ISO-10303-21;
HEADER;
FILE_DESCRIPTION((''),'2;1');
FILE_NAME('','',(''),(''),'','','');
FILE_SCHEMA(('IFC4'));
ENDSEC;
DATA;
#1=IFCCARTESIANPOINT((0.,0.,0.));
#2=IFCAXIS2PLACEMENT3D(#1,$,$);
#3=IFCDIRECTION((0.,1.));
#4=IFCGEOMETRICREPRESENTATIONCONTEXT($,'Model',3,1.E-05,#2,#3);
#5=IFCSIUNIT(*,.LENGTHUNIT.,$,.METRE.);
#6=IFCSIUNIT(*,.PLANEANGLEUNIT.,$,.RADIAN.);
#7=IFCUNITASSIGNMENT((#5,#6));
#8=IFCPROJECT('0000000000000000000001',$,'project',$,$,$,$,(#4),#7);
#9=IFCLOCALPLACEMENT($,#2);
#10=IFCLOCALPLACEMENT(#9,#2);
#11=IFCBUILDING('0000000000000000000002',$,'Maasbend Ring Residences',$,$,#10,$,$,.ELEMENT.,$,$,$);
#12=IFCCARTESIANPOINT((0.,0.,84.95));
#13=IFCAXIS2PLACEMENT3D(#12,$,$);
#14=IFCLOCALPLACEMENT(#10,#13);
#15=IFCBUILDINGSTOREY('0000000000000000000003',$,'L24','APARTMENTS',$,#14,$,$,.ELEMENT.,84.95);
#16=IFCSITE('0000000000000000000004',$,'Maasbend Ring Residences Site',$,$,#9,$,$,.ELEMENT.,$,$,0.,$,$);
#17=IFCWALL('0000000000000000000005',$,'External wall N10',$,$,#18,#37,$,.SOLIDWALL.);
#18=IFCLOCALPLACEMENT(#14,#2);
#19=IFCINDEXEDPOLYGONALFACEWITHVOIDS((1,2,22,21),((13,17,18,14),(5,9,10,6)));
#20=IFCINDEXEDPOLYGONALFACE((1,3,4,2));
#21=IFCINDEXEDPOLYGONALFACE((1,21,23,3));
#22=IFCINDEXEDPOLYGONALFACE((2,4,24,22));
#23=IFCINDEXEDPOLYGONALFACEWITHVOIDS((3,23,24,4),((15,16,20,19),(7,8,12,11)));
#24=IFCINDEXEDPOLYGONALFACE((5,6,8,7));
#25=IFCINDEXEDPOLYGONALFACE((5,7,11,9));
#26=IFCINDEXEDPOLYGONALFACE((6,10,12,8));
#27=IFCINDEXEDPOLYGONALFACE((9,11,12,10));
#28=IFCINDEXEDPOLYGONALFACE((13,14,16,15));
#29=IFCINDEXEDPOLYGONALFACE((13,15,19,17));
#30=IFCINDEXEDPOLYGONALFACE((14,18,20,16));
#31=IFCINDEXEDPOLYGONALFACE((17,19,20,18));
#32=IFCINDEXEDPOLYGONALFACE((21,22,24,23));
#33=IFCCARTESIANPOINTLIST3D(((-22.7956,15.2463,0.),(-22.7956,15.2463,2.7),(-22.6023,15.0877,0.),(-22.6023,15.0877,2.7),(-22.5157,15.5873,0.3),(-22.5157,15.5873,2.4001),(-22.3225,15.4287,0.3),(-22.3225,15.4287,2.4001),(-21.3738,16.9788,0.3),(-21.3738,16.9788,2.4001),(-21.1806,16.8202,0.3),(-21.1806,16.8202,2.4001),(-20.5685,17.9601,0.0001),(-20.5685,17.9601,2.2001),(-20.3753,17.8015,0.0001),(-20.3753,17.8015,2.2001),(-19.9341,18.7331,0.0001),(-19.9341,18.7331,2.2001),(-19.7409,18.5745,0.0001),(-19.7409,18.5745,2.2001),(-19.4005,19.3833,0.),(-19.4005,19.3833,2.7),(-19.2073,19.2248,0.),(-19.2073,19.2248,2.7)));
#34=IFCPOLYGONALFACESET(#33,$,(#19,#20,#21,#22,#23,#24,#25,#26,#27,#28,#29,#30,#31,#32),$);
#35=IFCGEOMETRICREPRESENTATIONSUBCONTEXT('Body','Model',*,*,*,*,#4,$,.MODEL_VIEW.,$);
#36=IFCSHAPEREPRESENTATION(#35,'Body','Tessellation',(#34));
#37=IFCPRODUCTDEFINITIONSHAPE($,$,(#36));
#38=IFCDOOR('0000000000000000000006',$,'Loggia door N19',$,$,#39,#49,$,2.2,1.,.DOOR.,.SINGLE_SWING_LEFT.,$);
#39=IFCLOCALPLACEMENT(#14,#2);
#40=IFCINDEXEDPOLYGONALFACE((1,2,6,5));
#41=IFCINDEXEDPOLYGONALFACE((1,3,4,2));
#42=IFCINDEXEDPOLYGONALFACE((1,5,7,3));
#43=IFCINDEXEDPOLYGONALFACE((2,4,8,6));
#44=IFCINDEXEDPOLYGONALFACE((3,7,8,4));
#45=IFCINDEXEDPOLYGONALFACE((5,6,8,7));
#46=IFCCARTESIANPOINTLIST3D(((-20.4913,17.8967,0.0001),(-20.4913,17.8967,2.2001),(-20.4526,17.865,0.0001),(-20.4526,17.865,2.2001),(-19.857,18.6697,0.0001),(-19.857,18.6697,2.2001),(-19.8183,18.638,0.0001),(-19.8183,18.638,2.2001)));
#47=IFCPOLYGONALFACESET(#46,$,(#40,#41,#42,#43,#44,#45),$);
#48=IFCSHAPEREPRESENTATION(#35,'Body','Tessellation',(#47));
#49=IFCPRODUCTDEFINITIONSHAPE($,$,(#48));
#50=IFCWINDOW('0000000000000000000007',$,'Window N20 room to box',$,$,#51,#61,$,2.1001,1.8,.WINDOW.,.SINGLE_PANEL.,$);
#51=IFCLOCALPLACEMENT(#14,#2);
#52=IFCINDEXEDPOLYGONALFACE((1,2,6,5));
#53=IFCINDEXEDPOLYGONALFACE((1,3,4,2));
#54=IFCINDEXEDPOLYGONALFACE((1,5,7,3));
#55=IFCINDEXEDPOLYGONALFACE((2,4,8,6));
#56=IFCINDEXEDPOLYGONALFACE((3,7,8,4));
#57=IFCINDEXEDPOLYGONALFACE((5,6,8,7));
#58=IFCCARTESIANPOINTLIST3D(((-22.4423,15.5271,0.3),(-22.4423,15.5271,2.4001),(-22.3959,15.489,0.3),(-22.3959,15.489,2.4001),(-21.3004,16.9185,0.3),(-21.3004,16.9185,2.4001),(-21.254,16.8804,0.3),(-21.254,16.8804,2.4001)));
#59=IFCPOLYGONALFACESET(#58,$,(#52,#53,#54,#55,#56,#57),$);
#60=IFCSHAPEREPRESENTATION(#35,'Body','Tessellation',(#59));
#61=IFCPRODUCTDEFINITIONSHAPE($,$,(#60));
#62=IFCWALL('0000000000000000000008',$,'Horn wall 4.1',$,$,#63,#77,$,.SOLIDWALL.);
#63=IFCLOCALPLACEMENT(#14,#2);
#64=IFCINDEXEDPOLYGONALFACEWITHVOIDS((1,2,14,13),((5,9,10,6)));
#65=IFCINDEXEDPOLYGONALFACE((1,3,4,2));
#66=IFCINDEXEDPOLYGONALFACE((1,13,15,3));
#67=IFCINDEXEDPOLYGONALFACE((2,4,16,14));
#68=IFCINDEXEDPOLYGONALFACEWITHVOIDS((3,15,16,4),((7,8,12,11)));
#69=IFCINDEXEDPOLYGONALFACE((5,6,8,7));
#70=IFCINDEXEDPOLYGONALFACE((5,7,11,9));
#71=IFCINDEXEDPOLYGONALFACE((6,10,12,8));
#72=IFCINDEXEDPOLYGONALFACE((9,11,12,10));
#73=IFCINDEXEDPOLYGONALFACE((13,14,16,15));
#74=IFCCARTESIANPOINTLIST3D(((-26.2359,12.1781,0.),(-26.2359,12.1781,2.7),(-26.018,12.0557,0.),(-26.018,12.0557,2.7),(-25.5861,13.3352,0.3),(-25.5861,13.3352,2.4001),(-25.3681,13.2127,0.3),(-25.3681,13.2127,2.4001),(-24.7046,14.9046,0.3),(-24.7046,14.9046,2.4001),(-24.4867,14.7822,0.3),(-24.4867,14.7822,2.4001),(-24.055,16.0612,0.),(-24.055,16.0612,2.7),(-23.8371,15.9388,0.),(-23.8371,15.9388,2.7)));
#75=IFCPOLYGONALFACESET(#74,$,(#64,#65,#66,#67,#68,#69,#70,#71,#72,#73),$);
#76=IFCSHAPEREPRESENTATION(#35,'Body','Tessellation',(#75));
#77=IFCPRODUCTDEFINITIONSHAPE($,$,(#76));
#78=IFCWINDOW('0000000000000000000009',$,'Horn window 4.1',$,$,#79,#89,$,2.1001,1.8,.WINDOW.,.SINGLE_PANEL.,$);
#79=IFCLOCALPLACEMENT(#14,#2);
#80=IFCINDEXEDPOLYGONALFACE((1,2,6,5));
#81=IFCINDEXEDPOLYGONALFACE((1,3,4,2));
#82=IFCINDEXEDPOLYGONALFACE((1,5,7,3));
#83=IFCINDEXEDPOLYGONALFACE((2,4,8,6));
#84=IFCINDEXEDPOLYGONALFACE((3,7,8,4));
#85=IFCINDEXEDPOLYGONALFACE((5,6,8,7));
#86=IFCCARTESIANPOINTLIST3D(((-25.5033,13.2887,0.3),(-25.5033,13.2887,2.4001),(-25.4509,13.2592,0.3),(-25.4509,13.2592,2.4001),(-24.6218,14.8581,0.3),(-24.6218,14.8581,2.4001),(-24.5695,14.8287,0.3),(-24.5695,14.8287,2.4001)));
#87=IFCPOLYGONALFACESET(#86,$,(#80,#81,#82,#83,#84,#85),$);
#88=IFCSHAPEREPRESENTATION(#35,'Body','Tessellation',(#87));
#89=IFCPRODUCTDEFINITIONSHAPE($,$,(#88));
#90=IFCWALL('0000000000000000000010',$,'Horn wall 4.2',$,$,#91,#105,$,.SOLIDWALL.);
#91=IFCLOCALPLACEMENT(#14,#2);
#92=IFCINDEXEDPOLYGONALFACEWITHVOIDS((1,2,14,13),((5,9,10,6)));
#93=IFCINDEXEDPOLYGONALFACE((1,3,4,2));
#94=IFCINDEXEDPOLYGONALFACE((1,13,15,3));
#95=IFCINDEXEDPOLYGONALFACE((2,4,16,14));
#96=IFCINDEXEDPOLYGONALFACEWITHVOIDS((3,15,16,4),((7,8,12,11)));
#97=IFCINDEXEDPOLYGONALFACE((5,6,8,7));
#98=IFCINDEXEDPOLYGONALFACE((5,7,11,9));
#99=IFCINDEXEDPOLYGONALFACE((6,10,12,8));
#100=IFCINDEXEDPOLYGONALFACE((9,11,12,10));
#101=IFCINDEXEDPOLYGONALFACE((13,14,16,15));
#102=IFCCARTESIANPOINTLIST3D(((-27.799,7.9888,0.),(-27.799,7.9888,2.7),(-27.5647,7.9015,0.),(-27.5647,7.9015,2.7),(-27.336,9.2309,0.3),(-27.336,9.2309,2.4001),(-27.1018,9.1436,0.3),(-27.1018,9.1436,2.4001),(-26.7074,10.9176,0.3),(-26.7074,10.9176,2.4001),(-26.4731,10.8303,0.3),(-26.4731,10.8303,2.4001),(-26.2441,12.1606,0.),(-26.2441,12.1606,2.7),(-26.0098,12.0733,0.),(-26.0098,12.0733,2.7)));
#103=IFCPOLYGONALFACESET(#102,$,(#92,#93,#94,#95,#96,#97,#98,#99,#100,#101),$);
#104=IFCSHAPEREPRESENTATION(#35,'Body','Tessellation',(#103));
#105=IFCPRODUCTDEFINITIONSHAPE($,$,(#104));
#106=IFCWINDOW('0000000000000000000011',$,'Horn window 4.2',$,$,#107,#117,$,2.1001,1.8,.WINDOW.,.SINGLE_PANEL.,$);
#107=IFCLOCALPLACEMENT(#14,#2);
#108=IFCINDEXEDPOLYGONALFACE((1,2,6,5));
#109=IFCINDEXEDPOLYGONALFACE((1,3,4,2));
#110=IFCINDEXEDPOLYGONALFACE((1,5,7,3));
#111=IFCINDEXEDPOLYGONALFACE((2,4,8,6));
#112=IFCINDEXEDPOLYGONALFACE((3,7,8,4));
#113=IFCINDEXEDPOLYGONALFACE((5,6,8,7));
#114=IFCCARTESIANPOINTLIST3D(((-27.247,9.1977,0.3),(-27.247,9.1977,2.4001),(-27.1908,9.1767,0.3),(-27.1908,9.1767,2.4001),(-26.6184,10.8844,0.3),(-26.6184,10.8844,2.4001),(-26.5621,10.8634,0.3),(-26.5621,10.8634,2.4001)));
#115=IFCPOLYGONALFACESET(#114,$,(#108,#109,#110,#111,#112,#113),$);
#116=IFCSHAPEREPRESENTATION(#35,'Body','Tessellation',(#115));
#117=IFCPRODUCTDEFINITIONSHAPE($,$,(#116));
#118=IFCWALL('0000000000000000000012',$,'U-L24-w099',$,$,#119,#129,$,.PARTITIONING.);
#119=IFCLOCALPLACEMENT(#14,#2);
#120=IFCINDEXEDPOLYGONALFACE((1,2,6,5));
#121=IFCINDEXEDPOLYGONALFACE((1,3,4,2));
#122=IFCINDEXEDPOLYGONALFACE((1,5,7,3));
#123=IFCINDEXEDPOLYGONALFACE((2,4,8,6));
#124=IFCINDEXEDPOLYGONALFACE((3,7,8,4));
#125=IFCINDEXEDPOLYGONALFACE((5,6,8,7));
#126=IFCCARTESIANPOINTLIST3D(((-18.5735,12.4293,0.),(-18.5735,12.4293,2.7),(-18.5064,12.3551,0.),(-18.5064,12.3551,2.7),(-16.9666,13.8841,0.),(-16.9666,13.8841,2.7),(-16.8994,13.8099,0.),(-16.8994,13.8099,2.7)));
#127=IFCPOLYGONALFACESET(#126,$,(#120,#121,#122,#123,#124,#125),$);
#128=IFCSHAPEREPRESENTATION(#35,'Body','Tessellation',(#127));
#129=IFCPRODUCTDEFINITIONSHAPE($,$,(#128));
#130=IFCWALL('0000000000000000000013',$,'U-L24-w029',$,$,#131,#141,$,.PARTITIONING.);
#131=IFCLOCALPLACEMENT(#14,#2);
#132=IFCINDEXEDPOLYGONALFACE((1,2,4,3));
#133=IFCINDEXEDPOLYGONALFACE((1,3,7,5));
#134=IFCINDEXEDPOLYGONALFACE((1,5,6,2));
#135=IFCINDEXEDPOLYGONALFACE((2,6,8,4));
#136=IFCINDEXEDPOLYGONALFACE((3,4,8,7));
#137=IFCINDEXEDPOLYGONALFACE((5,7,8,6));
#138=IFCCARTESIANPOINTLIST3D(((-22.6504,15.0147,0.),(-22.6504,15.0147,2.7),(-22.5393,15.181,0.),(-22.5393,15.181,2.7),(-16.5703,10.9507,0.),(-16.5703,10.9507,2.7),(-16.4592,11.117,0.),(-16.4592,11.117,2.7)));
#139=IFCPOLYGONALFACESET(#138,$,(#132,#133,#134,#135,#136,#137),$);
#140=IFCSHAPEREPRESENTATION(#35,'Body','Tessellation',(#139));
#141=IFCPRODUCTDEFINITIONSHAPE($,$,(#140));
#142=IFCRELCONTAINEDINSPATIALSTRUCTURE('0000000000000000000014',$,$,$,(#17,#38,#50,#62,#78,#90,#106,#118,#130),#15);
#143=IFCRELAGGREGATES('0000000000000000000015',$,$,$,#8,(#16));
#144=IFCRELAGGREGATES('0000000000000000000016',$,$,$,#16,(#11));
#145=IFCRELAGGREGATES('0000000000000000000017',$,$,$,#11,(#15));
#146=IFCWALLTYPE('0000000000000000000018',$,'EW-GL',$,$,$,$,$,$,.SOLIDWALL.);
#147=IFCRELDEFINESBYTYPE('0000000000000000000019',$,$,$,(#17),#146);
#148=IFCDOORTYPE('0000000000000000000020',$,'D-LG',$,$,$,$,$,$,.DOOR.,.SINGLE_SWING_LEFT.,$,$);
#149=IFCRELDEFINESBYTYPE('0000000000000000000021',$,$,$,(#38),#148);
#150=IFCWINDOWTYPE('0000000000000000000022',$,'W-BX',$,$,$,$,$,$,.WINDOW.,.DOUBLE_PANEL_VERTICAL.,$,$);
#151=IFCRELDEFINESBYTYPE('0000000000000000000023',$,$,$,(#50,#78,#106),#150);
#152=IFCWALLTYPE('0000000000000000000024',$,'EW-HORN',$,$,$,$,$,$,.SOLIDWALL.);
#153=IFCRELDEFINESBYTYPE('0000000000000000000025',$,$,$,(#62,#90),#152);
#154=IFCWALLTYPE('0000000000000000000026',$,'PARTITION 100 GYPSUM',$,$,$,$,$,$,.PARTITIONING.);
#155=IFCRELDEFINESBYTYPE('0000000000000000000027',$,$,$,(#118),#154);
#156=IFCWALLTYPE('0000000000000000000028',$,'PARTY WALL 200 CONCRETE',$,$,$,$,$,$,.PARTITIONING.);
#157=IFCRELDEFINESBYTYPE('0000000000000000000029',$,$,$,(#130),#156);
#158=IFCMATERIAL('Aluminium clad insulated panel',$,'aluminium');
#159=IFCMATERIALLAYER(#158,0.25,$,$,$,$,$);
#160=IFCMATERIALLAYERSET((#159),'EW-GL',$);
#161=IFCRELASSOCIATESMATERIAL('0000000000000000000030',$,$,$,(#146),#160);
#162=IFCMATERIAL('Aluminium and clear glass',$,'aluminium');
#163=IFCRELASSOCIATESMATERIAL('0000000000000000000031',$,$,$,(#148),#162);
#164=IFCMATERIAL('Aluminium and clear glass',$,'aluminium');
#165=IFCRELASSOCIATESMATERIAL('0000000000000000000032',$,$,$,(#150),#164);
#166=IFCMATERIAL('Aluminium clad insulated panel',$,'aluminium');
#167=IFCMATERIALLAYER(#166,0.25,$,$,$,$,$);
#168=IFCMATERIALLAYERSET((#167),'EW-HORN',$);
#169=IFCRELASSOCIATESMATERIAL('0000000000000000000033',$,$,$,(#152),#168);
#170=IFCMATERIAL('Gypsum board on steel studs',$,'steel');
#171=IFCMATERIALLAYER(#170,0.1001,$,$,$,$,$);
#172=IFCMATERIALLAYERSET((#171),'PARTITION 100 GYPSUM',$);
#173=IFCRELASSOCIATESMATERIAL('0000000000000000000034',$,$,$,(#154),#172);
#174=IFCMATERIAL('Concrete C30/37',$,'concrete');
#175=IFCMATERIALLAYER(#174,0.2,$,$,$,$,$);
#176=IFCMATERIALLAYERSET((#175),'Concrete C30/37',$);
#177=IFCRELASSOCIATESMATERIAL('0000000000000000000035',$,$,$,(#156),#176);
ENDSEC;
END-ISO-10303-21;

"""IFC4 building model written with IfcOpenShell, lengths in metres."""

from ifc_helpers import new_model, si_unit, direction, frame, frame_2d, origin, place, context, subcontext, project, spatial, rectangle, extrude, material, layer, layer_set, type_object, element, fill, save


model = new_model("IFC4")

# Units and contexts
model_context = context("Model", 3, precision=1e-05, world=origin(), true_north=direction((0.0, 1.0)))
body_context = subcontext(model_context, "Body", "Model", "MODEL_VIEW")
ifc_project = project(units=[si_unit("LENGTHUNIT", "METRE"), si_unit("PLANEANGLEUNIT", "RADIAN")], contexts=[model_context])

# Site, building, storey
site_placement = place(None, origin())
site = spatial("IfcSite", under=ifc_project, at=site_placement, Name="Maasbend Ring Residences Site", CompositionType="ELEMENT", RefElevation=0.0)
building_placement = place(site_placement, origin())
building = spatial("IfcBuilding", under=site, at=building_placement, Name="Maasbend Ring Residences", CompositionType="ELEMENT")
storey_placement = place(building_placement, frame((0.0, 0.0, 84.95)))
storey = spatial("IfcBuildingStorey", under=building, at=storey_placement, Name="L24", Description="APARTMENTS", CompositionType="ELEMENT", Elevation=84.95)

# Wall, openings, door, window
ifc_material_1 = material(Name="Aluminium clad insulated panel", Category="aluminium")
ifc_layer_1 = layer(ifc_material_1, 0.25)
ifc_layer_set_1 = layer_set([ifc_layer_1], Name="EW-GL")
wall_type_1 = type_object("IfcWallType", Name="EW-GL", PredefinedType="SOLIDWALL", material=ifc_layer_set_1)
wall_1_placement = place(storey_placement, frame((-19.304, 19.304, 0.0), z_axis=(0.0, 0.0, 1.0), x_axis=(-0.634382, -0.773019, 0.0)))
wall_1 = element("IfcWall", 1, at=wall_1_placement, inside=storey, type_object=wall_type_1, Name="External wall N10", PredefinedType="SOLIDWALL", context=body_context, shape_type="SweptSolid", body=[
    extrude(rectangle(XDim=5.3518, YDim=0.25, at=frame_2d((2.6758, 0.0))), origin(), (0.0, 0.0, 1.0), 2.7),
])
opening_1_placement = place(wall_1_placement, frame((0.8411, 0.0, 0.0)))
opening_1 = element("IfcOpeningElement", 2, at=opening_1_placement, cuts=wall_1, PredefinedType="OPENING", context=body_context, shape_type="SweptSolid", body=[
    extrude(rectangle(XDim=1.0, YDim=2.2, at=frame_2d((0.5, 1.1001))), frame((0.0, 0.135, 0.0), z_axis=(0.0, -1.0, 0.0), x_axis=(1.0, 0.0, 0.0)), (0.0, 0.0, 1.0), 0.27),
])
opening_2_placement = place(wall_1_placement, frame((3.1106, 0.0, 0.3)))
opening_2 = element("IfcOpeningElement", 3, at=opening_2_placement, cuts=wall_1, PredefinedType="OPENING", context=body_context, shape_type="SweptSolid", body=[
    extrude(rectangle(XDim=1.8, YDim=2.1001, at=frame_2d((0.8999, 1.05))), frame((0.0, 0.135, 0.0), z_axis=(0.0, -1.0, 0.0), x_axis=(1.0, 0.0, 0.0)), (0.0, 0.0, 1.0), 0.27),
])
ifc_material_2 = material(Name="Aluminium and clear glass", Category="aluminium")
door_type = type_object("IfcDoorType", Name="D-LG", OperationType="SINGLE_SWING_LEFT", PredefinedType="DOOR", material=ifc_material_2)
door_placement = place(opening_1_placement, origin())
door = element("IfcDoor", 4, at=door_placement, inside=storey, type_object=door_type, Name="Loggia door N19", OperationType="SINGLE_SWING_LEFT", OverallHeight=2.2, OverallWidth=1.0, PredefinedType="DOOR", context=body_context, shape_type="SweptSolid", body=[
    extrude(rectangle(XDim=1.0, YDim=2.2, at=frame_2d((0.5, 1.1001))), frame((0.0, 0.0249, 0.0), z_axis=(0.0, -1.0, 0.0), x_axis=(1.0, 0.0, 0.0)), (0.0, 0.0, 1.0), 0.05),
])
fill(opening_1, door)
ifc_material_3 = material(Name="Aluminium and clear glass", Category="aluminium")
window_type_1 = type_object("IfcWindowType", Name="W-BX", PartitioningType="DOUBLE_PANEL_VERTICAL", PredefinedType="WINDOW", material=ifc_material_3)
window_1_placement = place(opening_2_placement, origin())
window_1 = element("IfcWindow", 5, at=window_1_placement, inside=storey, type_object=window_type_1, Name="Window N20 room to box", OverallHeight=2.1001, OverallWidth=1.8, PartitioningType="SINGLE_PANEL", PredefinedType="WINDOW", context=body_context, shape_type="SweptSolid", body=[
    extrude(rectangle(XDim=1.8, YDim=2.1001, at=frame_2d((0.8999, 1.05))), frame((0.0, 0.03, 0.0), z_axis=(0.0, -1.0, 0.0), x_axis=(1.0, 0.0, 0.0)), (0.0, 0.0, 1.0), 0.0601),
])
fill(opening_2, window_1)

# Walls, openings, windows
ifc_material_4 = material(Name="Aluminium clad insulated panel", Category="aluminium")
ifc_layer_2 = layer(ifc_material_4, 0.25)
ifc_layer_set_2 = layer_set([ifc_layer_2], Name="EW-HORN")
wall_type_2 = type_object("IfcWallType", Name="EW-HORN", PredefinedType="SOLIDWALL", material=ifc_layer_set_2)
wall_2_placement = place(storey_placement, frame((-23.946, 16.0, 0.0), z_axis=(0.0, 0.0, 1.0), x_axis=(-0.489696, -0.871893, 0.0)))
wall_2 = element("IfcWall", 6, at=wall_2_placement, inside=storey, type_object=wall_type_2, Name="Horn wall 4.1", PredefinedType="SOLIDWALL", context=body_context, shape_type="SweptSolid", body=[
    extrude(rectangle(XDim=4.4536, YDim=0.25, at=frame_2d((2.2268, 0.0))), origin(), (0.0, 0.0, 1.0), 2.7),
])
opening_3_placement = place(wall_2_placement, frame((1.3267, 0.0, 0.3)))
opening_3 = element("IfcOpeningElement", 7, at=opening_3_placement, cuts=wall_2, PredefinedType="OPENING", context=body_context, shape_type="SweptSolid", body=[
    extrude(rectangle(XDim=1.8, YDim=2.1001, at=frame_2d((0.8999, 1.05))), frame((0.0, 0.135, 0.0), z_axis=(0.0, -1.0, 0.0), x_axis=(1.0, 0.0, 0.0)), (0.0, 0.0, 1.0), 0.27),
])
window_2_placement = place(opening_3_placement, origin())
window_2 = element("IfcWindow", 8, at=window_2_placement, inside=storey, type_object=window_type_1, Name="Horn window 4.1", OverallHeight=2.1001, OverallWidth=1.8, PartitioningType="SINGLE_PANEL", PredefinedType="WINDOW", context=body_context, shape_type="SweptSolid", body=[
    extrude(rectangle(XDim=1.8, YDim=2.1001, at=frame_2d((0.8999, 1.05))), frame((0.0, 0.03, 0.0), z_axis=(0.0, -1.0, 0.0), x_axis=(1.0, 0.0, 0.0)), (0.0, 0.0, 1.0), 0.0601),
])
fill(opening_3, window_2)
wall_3_placement = place(storey_placement, frame((-26.127, 12.1169, 0.0), z_axis=(0.0, 0.0, 1.0), x_axis=(-0.349248, -0.93703, 0.0)))
wall_3 = element("IfcWall", 9, at=wall_3_placement, inside=storey, type_object=wall_type_2, Name="Horn wall 4.2", PredefinedType="SOLIDWALL", context=body_context, shape_type="SweptSolid", body=[
    extrude(rectangle(XDim=4.4521, YDim=0.25, at=frame_2d((2.2261, 0.0))), origin(), (0.0, 0.0, 1.0), 2.7),
])
opening_4_placement = place(wall_3_placement, frame((1.3267, 0.0, 0.3)))
opening_4 = element("IfcOpeningElement", 10, at=opening_4_placement, cuts=wall_3, PredefinedType="OPENING", context=body_context, shape_type="SweptSolid", body=[
    extrude(rectangle(XDim=1.8, YDim=2.1001, at=frame_2d((0.8999, 1.05))), frame((0.0, 0.135, 0.0), z_axis=(0.0, -1.0, 0.0), x_axis=(1.0, 0.0, 0.0)), (0.0, 0.0, 1.0), 0.27),
])
window_3_placement = place(opening_4_placement, origin())
window_3 = element("IfcWindow", 11, at=window_3_placement, inside=storey, type_object=window_type_1, Name="Horn window 4.2", OverallHeight=2.1001, OverallWidth=1.8, PartitioningType="SINGLE_PANEL", PredefinedType="WINDOW", context=body_context, shape_type="SweptSolid", body=[
    extrude(rectangle(XDim=1.8, YDim=2.1001, at=frame_2d((0.8999, 1.05))), frame((0.0, 0.03, 0.0), z_axis=(0.0, -1.0, 0.0), x_axis=(1.0, 0.0, 0.0)), (0.0, 0.0, 1.0), 0.0601),
])
fill(opening_4, window_3)

# Walls
ifc_material_5 = material(Name="Gypsum board on steel studs", Category="steel")
ifc_layer_3 = layer(ifc_material_5, 0.1001)
ifc_layer_set_3 = layer_set([ifc_layer_3], Name="PARTITION 100 GYPSUM")
wall_type_3 = type_object("IfcWallType", Name="PARTITION 100 GYPSUM", PredefinedType="PARTITIONING", material=ifc_layer_set_3)
wall_4_placement = place(storey_placement, frame((-18.54, 12.3921, 0.0), z_axis=(0.0, 0.0, 1.0), x_axis=(0.74132, 0.671152, 0.0)))
element("IfcWall", 12, at=wall_4_placement, inside=storey, type_object=wall_type_3, Name="U-L24-w099", PredefinedType="PARTITIONING", context=body_context, shape_type="SweptSolid", body=[
    extrude(rectangle(XDim=2.1677, YDim=0.1001, at=frame_2d((1.084, 0.0))), origin(), (0.0, 0.0, 1.0), 2.7),
])
ifc_material_6 = material(Name="Concrete C30/37", Category="concrete")
ifc_layer_4 = layer(ifc_material_6, 0.2)
ifc_layer_set_4 = layer_set([ifc_layer_4], Name="Concrete C30/37")
wall_type_4 = type_object("IfcWallType", Name="PARTY WALL 200 CONCRETE", PredefinedType="PARTITIONING", material=ifc_layer_set_4)
wall_5_placement = place(storey_placement, frame((-22.595, 15.0979, 0.0), z_axis=(0.0, 0.0, 1.0), x_axis=(0.831382, -0.555701, 0.0)))
element("IfcWall", 13, at=wall_5_placement, inside=storey, type_object=wall_type_4, Name="U-L24-w029", PredefinedType="PARTITIONING", context=body_context, shape_type="SweptSolid", body=[
    extrude(rectangle(XDim=7.3132, YDim=0.2, at=frame_2d((3.6567, 0.0))), origin(), (0.0, 0.0, 1.0), 2.7),
])

save(model, "model.ifc")
